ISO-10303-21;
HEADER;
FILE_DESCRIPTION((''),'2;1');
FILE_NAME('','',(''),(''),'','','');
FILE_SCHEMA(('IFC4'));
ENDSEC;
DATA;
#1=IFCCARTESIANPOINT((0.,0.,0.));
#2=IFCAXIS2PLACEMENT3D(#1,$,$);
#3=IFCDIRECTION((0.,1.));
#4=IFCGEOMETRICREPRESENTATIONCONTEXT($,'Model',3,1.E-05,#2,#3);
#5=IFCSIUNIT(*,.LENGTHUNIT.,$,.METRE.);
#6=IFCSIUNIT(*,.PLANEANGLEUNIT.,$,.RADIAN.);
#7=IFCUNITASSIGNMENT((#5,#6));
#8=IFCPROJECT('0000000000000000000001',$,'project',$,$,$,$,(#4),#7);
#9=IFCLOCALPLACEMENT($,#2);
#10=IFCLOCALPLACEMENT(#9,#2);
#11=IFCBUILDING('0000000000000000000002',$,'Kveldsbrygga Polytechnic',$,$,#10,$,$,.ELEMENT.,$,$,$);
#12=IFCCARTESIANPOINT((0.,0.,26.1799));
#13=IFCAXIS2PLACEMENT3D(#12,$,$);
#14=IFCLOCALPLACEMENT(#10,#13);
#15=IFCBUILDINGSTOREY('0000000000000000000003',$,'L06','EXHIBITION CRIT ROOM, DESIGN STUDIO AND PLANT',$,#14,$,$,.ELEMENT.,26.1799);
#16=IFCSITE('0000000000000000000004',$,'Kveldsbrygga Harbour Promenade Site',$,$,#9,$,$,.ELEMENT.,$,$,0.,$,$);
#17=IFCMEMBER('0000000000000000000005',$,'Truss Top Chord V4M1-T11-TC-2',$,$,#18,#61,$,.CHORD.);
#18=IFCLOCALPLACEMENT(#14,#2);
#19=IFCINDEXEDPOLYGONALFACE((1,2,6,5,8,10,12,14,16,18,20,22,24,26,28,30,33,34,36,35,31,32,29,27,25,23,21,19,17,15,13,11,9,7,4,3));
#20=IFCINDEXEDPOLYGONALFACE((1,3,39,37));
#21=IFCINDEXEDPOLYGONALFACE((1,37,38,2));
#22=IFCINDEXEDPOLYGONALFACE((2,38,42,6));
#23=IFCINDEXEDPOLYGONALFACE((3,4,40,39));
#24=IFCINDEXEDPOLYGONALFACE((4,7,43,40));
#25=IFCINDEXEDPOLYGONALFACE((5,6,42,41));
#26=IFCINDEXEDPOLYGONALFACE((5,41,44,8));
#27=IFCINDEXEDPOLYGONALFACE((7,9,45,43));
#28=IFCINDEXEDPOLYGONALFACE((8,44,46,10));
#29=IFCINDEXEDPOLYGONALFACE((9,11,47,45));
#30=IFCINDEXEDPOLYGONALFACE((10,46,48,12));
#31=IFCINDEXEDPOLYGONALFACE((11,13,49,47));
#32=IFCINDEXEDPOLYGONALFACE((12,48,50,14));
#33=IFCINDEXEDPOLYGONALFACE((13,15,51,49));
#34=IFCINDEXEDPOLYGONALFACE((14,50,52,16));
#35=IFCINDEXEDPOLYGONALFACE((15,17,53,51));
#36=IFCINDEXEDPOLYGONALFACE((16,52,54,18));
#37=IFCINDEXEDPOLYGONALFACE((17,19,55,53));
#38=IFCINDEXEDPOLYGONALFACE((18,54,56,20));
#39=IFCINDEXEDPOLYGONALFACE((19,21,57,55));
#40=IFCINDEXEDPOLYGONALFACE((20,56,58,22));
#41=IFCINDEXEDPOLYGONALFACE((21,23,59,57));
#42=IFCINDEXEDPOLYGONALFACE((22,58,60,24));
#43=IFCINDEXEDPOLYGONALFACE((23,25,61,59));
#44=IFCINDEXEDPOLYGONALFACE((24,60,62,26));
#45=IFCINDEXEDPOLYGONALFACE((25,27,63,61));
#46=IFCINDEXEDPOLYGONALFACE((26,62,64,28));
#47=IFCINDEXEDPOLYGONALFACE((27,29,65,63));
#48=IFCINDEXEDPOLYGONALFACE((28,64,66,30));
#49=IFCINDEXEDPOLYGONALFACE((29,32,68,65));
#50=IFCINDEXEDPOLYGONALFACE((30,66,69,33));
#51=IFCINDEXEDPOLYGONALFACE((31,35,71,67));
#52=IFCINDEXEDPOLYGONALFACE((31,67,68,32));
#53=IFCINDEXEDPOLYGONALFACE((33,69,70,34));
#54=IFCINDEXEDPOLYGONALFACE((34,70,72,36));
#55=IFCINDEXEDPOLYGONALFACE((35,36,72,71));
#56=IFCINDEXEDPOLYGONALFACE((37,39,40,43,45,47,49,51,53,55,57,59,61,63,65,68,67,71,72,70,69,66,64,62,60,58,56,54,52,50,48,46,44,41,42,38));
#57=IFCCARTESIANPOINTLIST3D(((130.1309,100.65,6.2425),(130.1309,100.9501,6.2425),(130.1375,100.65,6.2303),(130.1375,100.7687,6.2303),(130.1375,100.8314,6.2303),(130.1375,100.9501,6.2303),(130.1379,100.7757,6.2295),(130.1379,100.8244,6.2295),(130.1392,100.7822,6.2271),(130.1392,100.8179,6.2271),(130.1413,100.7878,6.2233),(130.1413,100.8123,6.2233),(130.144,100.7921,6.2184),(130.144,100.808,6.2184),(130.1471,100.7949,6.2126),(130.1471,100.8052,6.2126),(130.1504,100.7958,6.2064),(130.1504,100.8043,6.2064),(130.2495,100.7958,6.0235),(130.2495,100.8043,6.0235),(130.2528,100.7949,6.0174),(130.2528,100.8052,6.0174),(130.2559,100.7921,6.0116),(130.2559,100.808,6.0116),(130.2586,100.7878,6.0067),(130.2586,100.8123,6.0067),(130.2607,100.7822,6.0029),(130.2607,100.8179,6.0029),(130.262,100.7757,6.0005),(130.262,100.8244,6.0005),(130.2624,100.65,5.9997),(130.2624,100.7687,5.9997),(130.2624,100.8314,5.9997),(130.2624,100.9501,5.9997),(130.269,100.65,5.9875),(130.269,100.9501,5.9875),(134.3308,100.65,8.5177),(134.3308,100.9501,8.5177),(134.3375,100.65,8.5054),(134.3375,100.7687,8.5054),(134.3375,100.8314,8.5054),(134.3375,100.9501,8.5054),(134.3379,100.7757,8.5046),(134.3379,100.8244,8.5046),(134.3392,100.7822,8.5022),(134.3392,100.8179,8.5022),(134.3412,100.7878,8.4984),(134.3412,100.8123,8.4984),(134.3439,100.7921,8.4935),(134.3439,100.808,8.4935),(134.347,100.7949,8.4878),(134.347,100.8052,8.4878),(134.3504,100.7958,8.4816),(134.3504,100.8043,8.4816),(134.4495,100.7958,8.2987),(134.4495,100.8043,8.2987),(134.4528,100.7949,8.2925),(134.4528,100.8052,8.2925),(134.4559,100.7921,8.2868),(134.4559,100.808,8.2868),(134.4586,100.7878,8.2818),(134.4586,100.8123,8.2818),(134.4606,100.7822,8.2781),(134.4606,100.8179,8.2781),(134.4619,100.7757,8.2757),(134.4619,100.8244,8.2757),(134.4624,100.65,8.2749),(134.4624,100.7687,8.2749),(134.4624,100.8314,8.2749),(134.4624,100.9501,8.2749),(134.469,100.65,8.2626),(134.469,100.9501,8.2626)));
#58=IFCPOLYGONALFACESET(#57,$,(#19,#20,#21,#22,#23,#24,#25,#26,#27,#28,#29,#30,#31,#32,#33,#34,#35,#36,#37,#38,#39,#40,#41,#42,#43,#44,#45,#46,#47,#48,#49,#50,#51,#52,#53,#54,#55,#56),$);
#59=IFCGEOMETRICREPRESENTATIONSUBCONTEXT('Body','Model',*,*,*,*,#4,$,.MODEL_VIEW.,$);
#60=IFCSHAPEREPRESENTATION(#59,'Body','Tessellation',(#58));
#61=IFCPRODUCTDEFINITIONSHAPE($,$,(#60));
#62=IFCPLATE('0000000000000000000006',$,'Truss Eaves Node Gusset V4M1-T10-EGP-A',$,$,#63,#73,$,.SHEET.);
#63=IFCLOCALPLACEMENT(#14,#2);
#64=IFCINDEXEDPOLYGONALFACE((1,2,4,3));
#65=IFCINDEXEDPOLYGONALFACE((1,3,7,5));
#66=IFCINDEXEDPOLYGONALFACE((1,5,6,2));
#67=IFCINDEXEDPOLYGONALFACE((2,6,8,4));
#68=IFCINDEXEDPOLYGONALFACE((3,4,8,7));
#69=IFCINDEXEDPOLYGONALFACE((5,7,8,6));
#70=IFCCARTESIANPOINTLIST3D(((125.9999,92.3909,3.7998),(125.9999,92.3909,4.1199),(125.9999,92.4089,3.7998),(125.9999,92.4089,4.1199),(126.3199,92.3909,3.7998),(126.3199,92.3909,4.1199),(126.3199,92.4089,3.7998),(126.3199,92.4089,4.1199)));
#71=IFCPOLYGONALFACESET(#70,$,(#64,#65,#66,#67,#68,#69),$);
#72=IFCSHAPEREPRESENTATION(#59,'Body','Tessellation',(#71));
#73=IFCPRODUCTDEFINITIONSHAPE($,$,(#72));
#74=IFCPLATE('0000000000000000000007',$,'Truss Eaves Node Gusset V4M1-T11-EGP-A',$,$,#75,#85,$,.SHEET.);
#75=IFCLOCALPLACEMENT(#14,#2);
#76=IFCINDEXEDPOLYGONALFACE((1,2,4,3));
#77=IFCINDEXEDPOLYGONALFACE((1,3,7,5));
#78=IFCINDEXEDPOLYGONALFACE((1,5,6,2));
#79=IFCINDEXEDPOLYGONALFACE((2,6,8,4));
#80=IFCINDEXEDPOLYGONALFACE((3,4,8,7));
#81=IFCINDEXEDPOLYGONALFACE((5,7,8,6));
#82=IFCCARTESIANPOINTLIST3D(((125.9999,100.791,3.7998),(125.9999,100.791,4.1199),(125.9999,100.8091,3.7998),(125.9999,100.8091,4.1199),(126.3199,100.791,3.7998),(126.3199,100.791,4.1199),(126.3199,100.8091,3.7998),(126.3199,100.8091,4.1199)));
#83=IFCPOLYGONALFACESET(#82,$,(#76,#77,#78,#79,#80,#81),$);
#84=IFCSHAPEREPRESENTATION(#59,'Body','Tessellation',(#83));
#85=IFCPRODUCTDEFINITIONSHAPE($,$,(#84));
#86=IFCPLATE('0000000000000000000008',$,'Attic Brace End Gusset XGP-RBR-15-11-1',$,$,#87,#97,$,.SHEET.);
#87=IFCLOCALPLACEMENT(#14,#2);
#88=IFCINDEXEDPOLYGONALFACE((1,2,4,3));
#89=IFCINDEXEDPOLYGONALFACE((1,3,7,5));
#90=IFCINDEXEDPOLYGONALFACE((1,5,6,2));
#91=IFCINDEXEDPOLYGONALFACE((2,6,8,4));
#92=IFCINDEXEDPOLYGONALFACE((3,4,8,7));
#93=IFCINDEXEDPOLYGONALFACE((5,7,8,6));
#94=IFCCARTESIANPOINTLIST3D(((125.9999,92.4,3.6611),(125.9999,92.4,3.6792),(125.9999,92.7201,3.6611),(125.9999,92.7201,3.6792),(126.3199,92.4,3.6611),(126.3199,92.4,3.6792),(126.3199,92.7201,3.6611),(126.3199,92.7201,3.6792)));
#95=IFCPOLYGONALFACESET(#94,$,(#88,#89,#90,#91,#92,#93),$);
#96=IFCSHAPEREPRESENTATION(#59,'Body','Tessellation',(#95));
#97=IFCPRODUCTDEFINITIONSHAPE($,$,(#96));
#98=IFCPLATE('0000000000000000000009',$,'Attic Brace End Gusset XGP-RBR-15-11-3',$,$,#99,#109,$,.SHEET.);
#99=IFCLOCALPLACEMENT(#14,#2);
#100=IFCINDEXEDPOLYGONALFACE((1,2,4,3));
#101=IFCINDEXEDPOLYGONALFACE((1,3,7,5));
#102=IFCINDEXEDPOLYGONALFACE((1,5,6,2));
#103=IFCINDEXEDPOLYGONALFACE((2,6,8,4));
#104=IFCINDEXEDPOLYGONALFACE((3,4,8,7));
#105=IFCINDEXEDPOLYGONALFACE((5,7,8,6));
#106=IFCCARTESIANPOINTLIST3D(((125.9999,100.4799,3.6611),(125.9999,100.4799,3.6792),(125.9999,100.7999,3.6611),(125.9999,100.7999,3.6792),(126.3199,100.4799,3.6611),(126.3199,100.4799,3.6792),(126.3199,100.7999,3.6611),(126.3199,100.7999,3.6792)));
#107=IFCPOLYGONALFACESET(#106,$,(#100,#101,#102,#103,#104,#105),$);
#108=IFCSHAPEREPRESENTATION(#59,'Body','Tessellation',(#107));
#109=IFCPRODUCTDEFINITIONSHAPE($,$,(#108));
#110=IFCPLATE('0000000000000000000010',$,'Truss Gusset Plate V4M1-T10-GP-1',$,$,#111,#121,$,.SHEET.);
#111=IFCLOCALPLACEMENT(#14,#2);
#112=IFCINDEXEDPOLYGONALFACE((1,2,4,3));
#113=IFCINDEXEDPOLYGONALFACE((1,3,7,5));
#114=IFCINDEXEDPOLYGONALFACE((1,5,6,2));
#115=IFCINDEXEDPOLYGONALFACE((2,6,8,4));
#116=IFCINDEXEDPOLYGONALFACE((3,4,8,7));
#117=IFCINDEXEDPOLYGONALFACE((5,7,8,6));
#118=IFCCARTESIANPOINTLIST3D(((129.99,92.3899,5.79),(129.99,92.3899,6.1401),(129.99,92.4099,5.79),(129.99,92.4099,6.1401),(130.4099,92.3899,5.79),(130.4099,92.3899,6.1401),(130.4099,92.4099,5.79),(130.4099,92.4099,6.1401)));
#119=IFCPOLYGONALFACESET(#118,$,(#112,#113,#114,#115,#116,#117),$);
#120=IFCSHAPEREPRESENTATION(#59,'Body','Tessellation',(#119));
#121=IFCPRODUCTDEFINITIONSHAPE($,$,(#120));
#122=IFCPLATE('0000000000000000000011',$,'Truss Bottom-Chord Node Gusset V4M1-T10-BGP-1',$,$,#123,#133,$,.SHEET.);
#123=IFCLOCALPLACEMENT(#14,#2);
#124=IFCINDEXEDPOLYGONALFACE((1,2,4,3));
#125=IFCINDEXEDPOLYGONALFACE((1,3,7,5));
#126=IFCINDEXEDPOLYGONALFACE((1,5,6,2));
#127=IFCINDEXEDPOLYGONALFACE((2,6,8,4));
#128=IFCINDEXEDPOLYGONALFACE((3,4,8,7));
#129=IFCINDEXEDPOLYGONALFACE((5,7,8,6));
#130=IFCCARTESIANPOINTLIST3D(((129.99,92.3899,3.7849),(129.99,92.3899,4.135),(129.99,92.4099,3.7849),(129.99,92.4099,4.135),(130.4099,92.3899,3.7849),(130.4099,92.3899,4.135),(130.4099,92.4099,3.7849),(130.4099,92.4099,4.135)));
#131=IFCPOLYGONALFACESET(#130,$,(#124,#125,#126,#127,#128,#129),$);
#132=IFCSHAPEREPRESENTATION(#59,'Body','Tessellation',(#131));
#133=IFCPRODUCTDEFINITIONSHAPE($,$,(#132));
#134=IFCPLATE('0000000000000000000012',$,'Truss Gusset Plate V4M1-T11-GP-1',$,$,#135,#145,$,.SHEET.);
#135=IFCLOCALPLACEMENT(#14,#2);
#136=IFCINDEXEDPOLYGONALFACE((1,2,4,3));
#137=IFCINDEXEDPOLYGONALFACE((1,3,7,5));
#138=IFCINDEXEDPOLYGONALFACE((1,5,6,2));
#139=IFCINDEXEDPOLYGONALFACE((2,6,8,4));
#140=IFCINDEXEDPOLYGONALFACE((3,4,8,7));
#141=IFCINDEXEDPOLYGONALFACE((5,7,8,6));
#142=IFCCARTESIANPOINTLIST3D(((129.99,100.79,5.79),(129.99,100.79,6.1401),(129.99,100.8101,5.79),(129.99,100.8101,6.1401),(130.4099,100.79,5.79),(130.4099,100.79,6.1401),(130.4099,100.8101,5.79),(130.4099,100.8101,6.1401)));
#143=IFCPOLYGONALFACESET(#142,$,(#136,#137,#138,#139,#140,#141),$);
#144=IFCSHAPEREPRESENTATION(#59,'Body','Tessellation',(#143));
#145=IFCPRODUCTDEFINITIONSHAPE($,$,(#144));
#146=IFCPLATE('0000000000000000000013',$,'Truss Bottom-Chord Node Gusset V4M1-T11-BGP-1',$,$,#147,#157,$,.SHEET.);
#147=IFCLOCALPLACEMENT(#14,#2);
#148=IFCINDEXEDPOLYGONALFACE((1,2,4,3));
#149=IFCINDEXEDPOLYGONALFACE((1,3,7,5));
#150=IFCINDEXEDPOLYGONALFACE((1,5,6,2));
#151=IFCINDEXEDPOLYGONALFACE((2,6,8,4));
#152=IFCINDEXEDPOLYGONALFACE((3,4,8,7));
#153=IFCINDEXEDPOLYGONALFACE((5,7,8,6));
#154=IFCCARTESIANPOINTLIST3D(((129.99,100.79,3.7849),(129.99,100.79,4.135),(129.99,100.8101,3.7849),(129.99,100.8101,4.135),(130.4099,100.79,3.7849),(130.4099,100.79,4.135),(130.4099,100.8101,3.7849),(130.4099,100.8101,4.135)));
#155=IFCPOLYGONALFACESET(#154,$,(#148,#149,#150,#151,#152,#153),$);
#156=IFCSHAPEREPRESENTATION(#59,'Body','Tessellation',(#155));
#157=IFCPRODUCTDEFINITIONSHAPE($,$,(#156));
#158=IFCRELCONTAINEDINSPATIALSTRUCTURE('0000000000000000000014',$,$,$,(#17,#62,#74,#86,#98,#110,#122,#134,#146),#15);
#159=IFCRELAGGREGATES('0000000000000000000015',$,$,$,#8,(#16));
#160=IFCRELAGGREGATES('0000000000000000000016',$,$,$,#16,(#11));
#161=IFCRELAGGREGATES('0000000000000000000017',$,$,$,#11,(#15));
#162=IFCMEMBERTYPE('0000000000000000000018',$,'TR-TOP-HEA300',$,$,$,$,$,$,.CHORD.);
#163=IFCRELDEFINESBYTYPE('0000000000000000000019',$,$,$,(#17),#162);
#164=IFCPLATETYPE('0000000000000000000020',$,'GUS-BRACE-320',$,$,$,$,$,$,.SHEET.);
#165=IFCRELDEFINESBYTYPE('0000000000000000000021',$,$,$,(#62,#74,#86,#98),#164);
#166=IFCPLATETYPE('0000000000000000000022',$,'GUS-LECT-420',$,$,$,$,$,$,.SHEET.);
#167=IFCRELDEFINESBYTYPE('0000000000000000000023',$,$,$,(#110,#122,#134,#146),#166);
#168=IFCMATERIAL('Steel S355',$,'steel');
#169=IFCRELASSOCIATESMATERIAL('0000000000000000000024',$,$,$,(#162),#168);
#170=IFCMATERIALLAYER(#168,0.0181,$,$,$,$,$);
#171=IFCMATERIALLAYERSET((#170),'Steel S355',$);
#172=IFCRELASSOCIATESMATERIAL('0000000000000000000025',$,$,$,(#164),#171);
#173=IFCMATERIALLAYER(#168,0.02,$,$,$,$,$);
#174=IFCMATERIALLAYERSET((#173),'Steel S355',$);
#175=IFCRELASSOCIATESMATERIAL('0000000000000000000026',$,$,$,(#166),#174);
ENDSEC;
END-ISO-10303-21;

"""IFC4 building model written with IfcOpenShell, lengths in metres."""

from ifc_helpers import new_model, si_unit, direction, frame, origin, origin_2d, place, context, subcontext, project, spatial, rectangle, i_section, extrude, material, layer, layer_set, material_profile, profile_set, type_object, element, save


model = new_model("IFC4")

# Units and contexts
model_context = context("Model", 3, precision=1e-05, world=origin(), true_north=direction((0.0, 1.0)))
body_context = subcontext(model_context, "Body", "Model", "MODEL_VIEW")
ifc_project = project(units=[si_unit("LENGTHUNIT", "METRE"), si_unit("PLANEANGLEUNIT", "RADIAN")], contexts=[model_context])

# Site, building, storey
site_placement = place(None, origin())
site = spatial("IfcSite", under=ifc_project, at=site_placement, Name="Kveldsbrygga Harbour Promenade Site", CompositionType="ELEMENT", RefElevation=0.0)
building_placement = place(site_placement, origin())
building = spatial("IfcBuilding", under=site, at=building_placement, Name="Kveldsbrygga Polytechnic", CompositionType="ELEMENT")
storey_placement = place(building_placement, frame((0.0, 0.0, 26.1799)))
storey = spatial("IfcBuildingStorey", under=building, at=storey_placement, Name="L06", Description="EXHIBITION CRIT ROOM, DESIGN STUDIO AND PLANT", CompositionType="ELEMENT", Elevation=26.1799)

# Member
ifc_material_1 = material(Name="Steel S355", Category="steel")
ifc_material_profile_1 = material_profile(ifc_material_1, i_section(OverallWidth=0.3, OverallDepth=0.29, WebThickness=0.0085, FlangeThickness=0.0139, FilletRadius=0.0271, at=origin_2d()), Name="HEA 300")
ifc_profile_set_1 = profile_set([ifc_material_profile_1], Name="Steel S355")
member_type_1 = type_object("IfcMemberType", Name="TR-TOP-HEA300", PredefinedType="CHORD", material=ifc_profile_set_1)
for number, where, z_axis, x_axis, name in (
    (1, (130.2, 100.8, 6.115), (0.879277, 0.0, 0.476311), (0.0, 1.0, 0.0), "Truss Top Chord V4M1-T11-TC-2"),
):
    element("IfcMember", number, at=place(storey_placement, frame(where, z_axis=z_axis, x_axis=x_axis)), inside=storey, type_object=member_type_1, Name=name, PredefinedType="CHORD", context=body_context, shape_type="SweptSolid", body=[
        extrude(i_section(OverallWidth=0.3, OverallDepth=0.29, WebThickness=0.0085, FlangeThickness=0.0139, FilletRadius=0.0271, at=origin_2d()), origin(), (0.0, 0.0, 1.0), 4.7766),
    ])

# Plates
ifc_layer_1 = layer(ifc_material_1, 0.0181)
ifc_layer_set_1 = layer_set([ifc_layer_1], Name="Steel S355")
plate_type_1 = type_object("IfcPlateType", Name="GUS-BRACE-320", PredefinedType="SHEET", material=ifc_layer_set_1)
for number, where, z_axis, x_axis, name in (
    (2, (126.1599, 92.3999, 3.7998), (0.0, 0.0, 1.0), (1.0, 0.0, 0.0), "Truss Eaves Node Gusset V4M1-T10-EGP-A"),
    (3, (126.1599, 100.8, 3.7998), (0.0, 0.0, 1.0), (1.0, 0.0, 0.0), "Truss Eaves Node Gusset V4M1-T11-EGP-A"),
):
    element("IfcPlate", number, at=place(storey_placement, frame(where, z_axis=z_axis, x_axis=x_axis)), inside=storey, type_object=plate_type_1, Name=name, PredefinedType="SHEET", context=body_context, shape_type="SweptSolid", body=[
        extrude(rectangle(XDim=0.3201, YDim=0.0181, at=origin_2d()), origin(), (0.0, 0.0, 1.0), 0.3201),
    ])
for number, where, z_axis, x_axis, name in (
    (4, (126.1599, 92.5601, 3.6611), (0.0, 0.0, 1.0), (1.0, 0.0, 0.0), "Attic Brace End Gusset XGP-RBR-15-11-1"),
    (5, (126.1599, 100.6399, 3.6611), (0.0, 0.0, 1.0), (1.0, 0.0, 0.0), "Attic Brace End Gusset XGP-RBR-15-11-3"),
):
    element("IfcPlate", number, at=place(storey_placement, frame(where, z_axis=z_axis, x_axis=x_axis)), inside=storey, type_object=plate_type_1, Name=name, PredefinedType="SHEET", context=body_context, shape_type="SweptSolid", body=[
        extrude(rectangle(XDim=0.3201, YDim=0.3201, at=origin_2d()), origin(), (0.0, 0.0, 1.0), 0.0181),
    ])
ifc_layer_2 = layer(ifc_material_1, 0.02)
ifc_layer_set_2 = layer_set([ifc_layer_2], Name="Steel S355")
plate_type_2 = type_object("IfcPlateType", Name="GUS-LECT-420", PredefinedType="SHEET", material=ifc_layer_set_2)
for number, where, z_axis, x_axis, name in (
    (6, (130.2, 92.3999, 5.79), (0.0, 0.0, 1.0), (1.0, 0.0, 0.0), "Truss Gusset Plate V4M1-T10-GP-1"),
    (7, (130.2, 92.3999, 3.7849), (0.0, 0.0, 1.0), (1.0, 0.0, 0.0), "Truss Bottom-Chord Node Gusset V4M1-T10-BGP-1"),
    (8, (130.2, 100.8, 5.79), (0.0, 0.0, 1.0), (1.0, 0.0, 0.0), "Truss Gusset Plate V4M1-T11-GP-1"),
    (9, (130.2, 100.8, 3.7849), (0.0, 0.0, 1.0), (1.0, 0.0, 0.0), "Truss Bottom-Chord Node Gusset V4M1-T11-BGP-1"),
):
    element("IfcPlate", number, at=place(storey_placement, frame(where, z_axis=z_axis, x_axis=x_axis)), inside=storey, type_object=plate_type_2, Name=name, PredefinedType="SHEET", context=body_context, shape_type="SweptSolid", body=[
        extrude(rectangle(XDim=0.4199, YDim=0.02, at=origin_2d()), origin(), (0.0, 0.0, 1.0), 0.3501),
    ])

save(model, "model.ifc")
